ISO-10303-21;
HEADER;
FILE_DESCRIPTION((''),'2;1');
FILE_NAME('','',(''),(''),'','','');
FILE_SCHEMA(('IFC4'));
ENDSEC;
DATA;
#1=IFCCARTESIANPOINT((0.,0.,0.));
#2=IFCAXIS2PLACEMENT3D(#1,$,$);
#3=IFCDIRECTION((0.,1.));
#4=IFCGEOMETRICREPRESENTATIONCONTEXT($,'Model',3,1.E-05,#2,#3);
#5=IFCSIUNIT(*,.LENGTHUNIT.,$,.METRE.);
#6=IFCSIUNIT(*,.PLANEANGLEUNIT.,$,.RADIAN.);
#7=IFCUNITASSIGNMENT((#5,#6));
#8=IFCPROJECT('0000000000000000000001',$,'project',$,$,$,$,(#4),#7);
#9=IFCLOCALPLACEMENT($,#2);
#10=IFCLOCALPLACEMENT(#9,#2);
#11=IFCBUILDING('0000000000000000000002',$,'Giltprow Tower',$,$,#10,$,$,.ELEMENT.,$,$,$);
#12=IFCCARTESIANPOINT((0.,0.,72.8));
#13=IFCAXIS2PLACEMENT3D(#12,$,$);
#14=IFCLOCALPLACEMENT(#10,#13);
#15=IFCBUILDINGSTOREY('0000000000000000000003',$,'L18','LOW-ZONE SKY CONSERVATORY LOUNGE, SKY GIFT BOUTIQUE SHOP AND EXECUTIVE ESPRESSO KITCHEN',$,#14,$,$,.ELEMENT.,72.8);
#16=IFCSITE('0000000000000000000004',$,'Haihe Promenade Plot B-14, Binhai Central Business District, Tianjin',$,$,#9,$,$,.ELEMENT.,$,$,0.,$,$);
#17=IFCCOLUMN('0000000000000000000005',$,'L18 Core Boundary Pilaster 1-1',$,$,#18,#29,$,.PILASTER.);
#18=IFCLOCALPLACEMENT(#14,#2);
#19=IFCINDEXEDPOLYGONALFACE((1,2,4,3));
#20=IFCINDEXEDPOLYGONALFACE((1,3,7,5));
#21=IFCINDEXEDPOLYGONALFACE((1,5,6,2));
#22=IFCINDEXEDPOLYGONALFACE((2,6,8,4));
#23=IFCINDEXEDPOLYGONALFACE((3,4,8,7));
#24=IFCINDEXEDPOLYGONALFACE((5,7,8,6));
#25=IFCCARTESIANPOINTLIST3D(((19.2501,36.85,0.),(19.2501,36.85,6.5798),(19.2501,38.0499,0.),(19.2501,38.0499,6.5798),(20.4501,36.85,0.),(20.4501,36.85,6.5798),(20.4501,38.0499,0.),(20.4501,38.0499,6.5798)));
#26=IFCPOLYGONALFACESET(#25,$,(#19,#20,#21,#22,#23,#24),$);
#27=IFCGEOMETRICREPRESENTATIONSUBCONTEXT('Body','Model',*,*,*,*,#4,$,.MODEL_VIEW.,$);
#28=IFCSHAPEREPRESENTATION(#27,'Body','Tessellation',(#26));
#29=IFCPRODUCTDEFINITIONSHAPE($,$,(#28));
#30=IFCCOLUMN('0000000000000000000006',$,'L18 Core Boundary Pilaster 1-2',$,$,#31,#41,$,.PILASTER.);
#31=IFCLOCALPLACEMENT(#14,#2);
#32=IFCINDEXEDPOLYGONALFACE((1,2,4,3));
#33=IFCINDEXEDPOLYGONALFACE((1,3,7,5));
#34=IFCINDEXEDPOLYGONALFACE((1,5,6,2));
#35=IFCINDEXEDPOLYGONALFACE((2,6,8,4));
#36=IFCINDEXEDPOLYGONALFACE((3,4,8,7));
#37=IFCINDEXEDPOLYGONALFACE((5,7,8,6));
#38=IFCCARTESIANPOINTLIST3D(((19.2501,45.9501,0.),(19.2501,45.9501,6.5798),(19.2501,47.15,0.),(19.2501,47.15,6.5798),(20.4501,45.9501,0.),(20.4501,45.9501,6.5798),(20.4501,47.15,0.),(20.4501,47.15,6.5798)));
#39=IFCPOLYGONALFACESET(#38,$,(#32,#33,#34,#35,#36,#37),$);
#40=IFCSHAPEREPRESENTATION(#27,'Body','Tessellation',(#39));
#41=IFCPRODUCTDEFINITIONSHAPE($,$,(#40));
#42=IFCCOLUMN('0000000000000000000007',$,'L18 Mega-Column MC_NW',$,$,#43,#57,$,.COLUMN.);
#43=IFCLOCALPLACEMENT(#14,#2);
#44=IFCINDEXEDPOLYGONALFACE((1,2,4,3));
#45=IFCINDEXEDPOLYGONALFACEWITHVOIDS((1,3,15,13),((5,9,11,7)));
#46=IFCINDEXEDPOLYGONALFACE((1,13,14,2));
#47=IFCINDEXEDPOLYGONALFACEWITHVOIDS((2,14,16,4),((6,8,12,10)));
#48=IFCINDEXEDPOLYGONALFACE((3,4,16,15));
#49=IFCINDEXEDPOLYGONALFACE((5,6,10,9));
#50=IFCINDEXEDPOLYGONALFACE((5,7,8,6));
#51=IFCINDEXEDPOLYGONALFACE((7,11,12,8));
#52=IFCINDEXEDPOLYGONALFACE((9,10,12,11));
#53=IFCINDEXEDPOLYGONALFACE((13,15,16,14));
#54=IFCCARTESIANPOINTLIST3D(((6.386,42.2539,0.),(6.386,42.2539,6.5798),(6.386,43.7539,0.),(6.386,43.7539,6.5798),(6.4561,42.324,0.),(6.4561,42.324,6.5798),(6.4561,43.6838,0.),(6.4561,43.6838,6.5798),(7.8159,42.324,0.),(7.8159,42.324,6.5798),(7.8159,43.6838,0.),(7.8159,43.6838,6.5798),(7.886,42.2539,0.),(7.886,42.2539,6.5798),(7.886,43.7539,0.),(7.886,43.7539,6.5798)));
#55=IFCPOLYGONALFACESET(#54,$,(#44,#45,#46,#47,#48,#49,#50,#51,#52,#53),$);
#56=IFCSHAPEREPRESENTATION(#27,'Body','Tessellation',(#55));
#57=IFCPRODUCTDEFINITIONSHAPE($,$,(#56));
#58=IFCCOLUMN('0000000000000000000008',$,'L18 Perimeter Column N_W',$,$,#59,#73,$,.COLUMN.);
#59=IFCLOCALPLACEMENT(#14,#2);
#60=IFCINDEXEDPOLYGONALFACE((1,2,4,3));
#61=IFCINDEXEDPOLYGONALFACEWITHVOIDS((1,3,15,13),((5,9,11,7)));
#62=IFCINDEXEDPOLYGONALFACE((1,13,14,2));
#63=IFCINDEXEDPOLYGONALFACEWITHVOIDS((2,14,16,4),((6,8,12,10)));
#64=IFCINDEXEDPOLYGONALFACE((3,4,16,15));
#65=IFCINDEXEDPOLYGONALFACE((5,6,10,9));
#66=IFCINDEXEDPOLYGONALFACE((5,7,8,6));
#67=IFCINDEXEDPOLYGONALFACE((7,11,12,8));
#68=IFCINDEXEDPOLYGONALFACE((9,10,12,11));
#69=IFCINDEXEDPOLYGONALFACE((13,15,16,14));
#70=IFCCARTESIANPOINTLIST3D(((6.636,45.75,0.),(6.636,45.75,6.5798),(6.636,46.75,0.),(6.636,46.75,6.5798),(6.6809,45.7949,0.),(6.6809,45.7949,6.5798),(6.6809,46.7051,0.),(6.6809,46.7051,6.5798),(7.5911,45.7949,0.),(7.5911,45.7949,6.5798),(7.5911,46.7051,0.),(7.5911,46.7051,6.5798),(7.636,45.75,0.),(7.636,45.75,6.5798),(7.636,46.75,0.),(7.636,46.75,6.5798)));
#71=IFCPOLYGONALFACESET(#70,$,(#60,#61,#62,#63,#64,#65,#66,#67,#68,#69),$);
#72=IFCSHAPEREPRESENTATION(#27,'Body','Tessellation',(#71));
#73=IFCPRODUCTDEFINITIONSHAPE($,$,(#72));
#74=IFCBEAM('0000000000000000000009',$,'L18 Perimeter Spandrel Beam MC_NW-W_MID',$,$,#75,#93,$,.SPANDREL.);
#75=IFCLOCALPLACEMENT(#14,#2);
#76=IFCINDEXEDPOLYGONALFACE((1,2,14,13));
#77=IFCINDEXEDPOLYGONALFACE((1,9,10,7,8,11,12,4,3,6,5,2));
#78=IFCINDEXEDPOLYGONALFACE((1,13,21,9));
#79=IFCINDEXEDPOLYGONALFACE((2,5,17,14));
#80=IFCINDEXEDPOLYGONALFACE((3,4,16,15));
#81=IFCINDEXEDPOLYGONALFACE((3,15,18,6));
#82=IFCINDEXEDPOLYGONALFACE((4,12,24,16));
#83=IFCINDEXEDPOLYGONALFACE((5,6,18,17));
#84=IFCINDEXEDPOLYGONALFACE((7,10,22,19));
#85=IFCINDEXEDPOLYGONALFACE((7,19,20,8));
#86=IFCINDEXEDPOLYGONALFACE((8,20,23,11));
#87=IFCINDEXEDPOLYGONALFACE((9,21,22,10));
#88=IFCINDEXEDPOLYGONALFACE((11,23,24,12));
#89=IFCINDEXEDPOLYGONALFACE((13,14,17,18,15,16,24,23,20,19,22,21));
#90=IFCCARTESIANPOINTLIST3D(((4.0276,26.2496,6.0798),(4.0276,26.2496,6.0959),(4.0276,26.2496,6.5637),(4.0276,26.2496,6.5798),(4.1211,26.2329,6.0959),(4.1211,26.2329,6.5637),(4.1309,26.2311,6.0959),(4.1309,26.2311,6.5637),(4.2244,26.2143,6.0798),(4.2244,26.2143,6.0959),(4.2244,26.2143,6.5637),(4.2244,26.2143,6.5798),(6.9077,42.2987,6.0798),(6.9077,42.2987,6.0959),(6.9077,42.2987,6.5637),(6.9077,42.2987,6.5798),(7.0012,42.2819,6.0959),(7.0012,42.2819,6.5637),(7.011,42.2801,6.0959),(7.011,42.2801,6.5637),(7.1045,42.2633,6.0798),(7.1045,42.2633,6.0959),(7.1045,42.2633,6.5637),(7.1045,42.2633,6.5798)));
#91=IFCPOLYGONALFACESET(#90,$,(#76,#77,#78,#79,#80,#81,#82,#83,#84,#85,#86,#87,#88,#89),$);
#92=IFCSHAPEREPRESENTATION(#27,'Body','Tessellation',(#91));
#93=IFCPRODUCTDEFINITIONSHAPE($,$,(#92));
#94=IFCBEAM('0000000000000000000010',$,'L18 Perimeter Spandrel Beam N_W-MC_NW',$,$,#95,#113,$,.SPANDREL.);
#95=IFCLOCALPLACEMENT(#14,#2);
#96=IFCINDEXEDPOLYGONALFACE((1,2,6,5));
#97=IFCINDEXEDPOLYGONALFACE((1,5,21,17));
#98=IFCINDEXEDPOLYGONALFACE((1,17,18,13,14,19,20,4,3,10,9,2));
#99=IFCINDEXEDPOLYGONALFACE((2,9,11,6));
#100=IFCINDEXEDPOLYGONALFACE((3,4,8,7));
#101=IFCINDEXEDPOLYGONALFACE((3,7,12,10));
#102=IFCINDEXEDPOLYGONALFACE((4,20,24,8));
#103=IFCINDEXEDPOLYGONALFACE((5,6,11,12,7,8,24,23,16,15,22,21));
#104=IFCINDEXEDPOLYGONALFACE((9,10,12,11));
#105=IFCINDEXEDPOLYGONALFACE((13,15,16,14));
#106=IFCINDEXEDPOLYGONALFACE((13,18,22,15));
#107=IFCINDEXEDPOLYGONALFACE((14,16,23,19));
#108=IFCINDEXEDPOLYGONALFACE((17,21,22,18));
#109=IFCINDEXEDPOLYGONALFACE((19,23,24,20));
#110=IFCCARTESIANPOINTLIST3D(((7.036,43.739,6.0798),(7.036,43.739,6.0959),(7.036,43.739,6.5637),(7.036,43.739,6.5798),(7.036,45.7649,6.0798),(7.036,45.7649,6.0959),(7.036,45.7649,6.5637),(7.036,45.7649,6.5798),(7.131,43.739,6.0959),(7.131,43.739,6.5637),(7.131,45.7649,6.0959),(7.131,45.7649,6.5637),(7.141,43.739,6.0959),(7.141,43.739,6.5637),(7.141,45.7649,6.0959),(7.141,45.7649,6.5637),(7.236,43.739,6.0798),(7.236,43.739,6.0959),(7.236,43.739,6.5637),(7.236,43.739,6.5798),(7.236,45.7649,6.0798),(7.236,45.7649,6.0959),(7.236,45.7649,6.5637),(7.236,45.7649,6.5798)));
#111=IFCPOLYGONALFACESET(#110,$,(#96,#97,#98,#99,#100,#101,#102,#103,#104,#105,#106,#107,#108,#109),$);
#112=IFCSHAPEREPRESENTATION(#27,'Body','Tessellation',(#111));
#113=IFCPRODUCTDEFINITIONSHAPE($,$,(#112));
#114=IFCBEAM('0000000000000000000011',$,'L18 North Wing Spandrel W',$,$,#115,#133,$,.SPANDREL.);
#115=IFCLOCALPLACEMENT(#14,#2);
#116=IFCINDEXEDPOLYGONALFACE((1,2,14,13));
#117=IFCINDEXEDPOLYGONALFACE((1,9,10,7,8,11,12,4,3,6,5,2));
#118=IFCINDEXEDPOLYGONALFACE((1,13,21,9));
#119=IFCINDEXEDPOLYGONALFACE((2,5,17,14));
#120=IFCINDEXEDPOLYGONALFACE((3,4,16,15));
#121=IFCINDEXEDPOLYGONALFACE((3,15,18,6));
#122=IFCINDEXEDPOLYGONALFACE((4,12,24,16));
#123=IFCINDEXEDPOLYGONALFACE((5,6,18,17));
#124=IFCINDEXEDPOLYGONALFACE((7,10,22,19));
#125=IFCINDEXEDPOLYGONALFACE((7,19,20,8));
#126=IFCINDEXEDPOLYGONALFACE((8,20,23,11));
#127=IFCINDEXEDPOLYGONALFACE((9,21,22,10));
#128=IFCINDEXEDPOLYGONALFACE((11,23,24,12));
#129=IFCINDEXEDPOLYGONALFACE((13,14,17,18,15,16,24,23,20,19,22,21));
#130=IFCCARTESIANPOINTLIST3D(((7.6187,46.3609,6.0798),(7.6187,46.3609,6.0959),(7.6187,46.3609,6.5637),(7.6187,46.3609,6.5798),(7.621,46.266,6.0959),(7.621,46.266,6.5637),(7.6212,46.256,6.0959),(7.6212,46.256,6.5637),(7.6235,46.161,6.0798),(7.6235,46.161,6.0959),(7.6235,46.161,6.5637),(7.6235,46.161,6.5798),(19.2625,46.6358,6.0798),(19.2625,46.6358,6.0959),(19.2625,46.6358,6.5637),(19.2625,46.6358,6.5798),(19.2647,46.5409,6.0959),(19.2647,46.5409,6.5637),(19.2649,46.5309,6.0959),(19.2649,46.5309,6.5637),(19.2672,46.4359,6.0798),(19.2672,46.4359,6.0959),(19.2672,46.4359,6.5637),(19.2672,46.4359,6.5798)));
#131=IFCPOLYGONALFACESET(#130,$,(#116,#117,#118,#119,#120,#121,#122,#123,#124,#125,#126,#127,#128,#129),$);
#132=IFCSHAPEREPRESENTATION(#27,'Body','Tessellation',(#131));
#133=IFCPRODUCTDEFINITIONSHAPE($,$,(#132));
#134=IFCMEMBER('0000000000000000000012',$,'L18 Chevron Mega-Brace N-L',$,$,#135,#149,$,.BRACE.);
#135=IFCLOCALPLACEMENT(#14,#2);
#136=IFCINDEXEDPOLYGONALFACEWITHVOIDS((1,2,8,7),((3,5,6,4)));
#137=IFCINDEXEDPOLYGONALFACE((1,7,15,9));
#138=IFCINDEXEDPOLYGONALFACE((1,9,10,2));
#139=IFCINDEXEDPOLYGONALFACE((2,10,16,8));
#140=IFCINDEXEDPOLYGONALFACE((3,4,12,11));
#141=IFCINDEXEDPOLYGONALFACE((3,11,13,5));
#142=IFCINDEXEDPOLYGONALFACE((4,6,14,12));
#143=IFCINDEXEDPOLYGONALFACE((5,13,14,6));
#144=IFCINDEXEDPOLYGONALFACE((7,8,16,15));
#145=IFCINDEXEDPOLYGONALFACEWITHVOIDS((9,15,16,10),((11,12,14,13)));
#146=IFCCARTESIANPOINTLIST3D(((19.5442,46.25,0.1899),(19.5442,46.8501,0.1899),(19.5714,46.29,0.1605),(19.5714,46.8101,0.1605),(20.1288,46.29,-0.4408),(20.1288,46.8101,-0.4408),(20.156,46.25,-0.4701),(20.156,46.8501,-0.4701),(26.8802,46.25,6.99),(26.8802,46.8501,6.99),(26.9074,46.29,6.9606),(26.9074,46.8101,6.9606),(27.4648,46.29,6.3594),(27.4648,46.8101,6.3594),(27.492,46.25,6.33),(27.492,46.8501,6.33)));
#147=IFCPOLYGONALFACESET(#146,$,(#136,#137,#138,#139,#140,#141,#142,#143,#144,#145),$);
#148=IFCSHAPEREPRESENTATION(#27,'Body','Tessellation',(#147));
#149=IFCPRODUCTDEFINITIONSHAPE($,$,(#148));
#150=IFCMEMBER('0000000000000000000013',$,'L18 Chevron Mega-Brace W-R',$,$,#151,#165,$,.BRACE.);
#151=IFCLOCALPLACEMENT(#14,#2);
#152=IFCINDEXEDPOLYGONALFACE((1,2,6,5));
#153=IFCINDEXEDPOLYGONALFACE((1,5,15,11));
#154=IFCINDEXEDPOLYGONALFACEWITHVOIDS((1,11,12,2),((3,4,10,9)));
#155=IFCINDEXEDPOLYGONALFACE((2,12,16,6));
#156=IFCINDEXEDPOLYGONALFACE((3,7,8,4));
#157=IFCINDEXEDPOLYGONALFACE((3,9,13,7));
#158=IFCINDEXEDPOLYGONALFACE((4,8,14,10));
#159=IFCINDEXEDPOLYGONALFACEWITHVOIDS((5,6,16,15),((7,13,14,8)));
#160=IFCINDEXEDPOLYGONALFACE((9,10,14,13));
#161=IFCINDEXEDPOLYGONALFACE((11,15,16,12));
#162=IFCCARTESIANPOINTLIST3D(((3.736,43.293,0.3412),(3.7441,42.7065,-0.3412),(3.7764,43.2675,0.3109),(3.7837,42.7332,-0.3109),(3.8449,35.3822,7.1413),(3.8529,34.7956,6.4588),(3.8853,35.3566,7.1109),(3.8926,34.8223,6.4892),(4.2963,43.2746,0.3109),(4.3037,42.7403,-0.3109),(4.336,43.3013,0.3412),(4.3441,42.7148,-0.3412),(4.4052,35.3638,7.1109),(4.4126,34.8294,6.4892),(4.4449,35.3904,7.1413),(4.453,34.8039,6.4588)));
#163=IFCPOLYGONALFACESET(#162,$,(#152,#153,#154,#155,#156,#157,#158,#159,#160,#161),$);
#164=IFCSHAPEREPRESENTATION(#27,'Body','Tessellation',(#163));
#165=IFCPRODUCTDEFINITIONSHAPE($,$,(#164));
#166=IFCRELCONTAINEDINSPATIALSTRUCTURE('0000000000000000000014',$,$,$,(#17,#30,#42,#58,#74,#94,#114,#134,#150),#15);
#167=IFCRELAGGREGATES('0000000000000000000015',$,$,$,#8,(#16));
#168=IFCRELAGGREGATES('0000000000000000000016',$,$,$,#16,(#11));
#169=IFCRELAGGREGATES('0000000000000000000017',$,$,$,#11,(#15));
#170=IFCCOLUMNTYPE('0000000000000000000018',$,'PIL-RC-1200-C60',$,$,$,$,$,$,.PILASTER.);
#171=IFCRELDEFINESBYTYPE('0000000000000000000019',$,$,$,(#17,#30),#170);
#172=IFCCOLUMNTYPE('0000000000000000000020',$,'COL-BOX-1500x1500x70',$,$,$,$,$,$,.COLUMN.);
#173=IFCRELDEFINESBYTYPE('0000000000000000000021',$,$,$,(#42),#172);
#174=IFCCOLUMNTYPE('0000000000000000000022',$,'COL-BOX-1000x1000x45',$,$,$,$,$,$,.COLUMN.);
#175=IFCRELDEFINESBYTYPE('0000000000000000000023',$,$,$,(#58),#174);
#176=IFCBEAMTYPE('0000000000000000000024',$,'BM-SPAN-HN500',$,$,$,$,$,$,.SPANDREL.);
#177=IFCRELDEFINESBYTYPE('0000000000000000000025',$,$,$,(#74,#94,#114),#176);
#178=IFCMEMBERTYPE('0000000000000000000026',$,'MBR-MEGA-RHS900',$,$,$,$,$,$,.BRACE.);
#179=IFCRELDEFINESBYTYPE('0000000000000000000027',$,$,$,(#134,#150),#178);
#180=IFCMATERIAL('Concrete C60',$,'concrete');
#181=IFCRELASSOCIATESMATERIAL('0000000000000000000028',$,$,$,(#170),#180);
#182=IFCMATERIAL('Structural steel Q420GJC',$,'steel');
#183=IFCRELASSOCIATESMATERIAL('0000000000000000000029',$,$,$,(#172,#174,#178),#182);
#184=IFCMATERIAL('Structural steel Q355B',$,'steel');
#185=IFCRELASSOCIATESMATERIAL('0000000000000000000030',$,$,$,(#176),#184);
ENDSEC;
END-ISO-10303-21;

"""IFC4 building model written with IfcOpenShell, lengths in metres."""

from ifc_helpers import new_model, si_unit, direction, frame, origin, origin_2d, place, context, subcontext, project, spatial, rectangle, hollow_rectangle, i_section, extrude, source, transform, mapped, material, material_profile, profile_set, type_object, element, save


model = new_model("IFC4")

# Units and contexts
model_context = context("Model", 3, precision=1e-05, world=origin(), true_north=direction((0.0, 1.0)))
body_context = subcontext(model_context, "Body", "Model", "MODEL_VIEW")
ifc_project = project(units=[si_unit("LENGTHUNIT", "METRE"), si_unit("PLANEANGLEUNIT", "RADIAN")], contexts=[model_context])

# Site, building, storey
site_placement = place(None, origin())
site = spatial("IfcSite", under=ifc_project, at=site_placement, Name="Haihe Promenade Plot B-14, Binhai Central Business District, Tianjin", CompositionType="ELEMENT", RefElevation=0.0)
building_placement = place(site_placement, origin())
building = spatial("IfcBuilding", under=site, at=building_placement, Name="Giltprow Tower", CompositionType="ELEMENT")
storey_placement = place(building_placement, frame((0.0, 0.0, 72.8)))
storey = spatial("IfcBuildingStorey", under=building, at=storey_placement, Name="L18", Description="LOW-ZONE SKY CONSERVATORY LOUNGE, SKY GIFT BOUTIQUE SHOP AND EXECUTIVE ESPRESSO KITCHEN", CompositionType="ELEMENT", Elevation=72.8)

# Columns
ifc_material_1 = material(Name="Concrete C60", Category="concrete")
ifc_material_profile_1 = material_profile(ifc_material_1, rectangle(XDim=1.2, YDim=1.2, at=origin_2d()), Name="RC 1200x1200")
ifc_profile_set_1 = profile_set([ifc_material_profile_1], Name="Concrete C60")
column_type_1 = type_object("IfcColumnType", Name="PIL-RC-1200-C60", PredefinedType="PILASTER", material=ifc_profile_set_1)
shared_shape_1 = source(origin(), body_context, "Body", "SweptSolid", [
    extrude(rectangle(XDim=1.2, YDim=1.2, at=origin_2d()), origin(), (0.0, 0.0, 1.0), 6.5798),
])
for number, where, z_axis, x_axis, name in (
    (1, (19.8501, 37.45, 0.0), (0.0, 0.0, 1.0), (1.0, 0.0, 0.0), "L18 Core Boundary Pilaster 1-1"),
    (2, (19.8501, 46.55, 0.0), (0.0, 0.0, 1.0), (1.0, 0.0, 0.0), "L18 Core Boundary Pilaster 1-2"),
):
    element("IfcColumn", number, at=place(storey_placement, frame(where, z_axis=z_axis, x_axis=x_axis)), inside=storey, type_object=column_type_1, Name=name, PredefinedType="PILASTER", context=body_context, shape_type="MappedRepresentation", body=[
        mapped(shared_shape_1, transform((0.0, 0.0, 0.0), x_axis=(1.0, 0.0, 0.0), y_axis=(0.0, 1.0, 0.0), z_axis=(0.0, 0.0, 1.0), scale=1.0)),
    ])
ifc_material_2 = material(Name="Structural steel Q420GJC", Category="steel")
ifc_material_profile_2 = material_profile(ifc_material_2, hollow_rectangle(XDim=1.5, YDim=1.5, WallThickness=0.0701, at=origin_2d()), Name="BOX 1500x1500x70")
ifc_profile_set_2 = profile_set([ifc_material_profile_2], Name="Structural steel Q420GJC")
column_type_2 = type_object("IfcColumnType", Name="COL-BOX-1500x1500x70", PredefinedType="COLUMN", material=ifc_profile_set_2)
shared_shape_2 = source(origin(), body_context, "Body", "SweptSolid", [
    extrude(hollow_rectangle(XDim=1.5, YDim=1.5, WallThickness=0.0701, at=origin_2d()), origin(), (0.0, 0.0, 1.0), 6.5798),
])
column_1_placement = place(storey_placement, frame((7.136, 43.0039, 0.0), z_axis=(0.0, 0.0, 1.0), x_axis=(1.0, 0.0, 0.0)))
element("IfcColumn", 3, at=column_1_placement, inside=storey, type_object=column_type_2, Name="L18 Mega-Column MC_NW", PredefinedType="COLUMN", context=body_context, shape_type="MappedRepresentation", body=[
    mapped(shared_shape_2, transform((0.0, 0.0, 0.0), x_axis=(1.0, 0.0, 0.0), y_axis=(0.0, 1.0, 0.0), z_axis=(0.0, 0.0, 1.0), scale=1.0)),
])
ifc_material_profile_3 = material_profile(ifc_material_2, hollow_rectangle(XDim=1.0, YDim=1.0, WallThickness=0.0449, at=origin_2d()), Name="BOX 1000x1000x45")
ifc_profile_set_3 = profile_set([ifc_material_profile_3], Name="Structural steel Q420GJC")
column_type_3 = type_object("IfcColumnType", Name="COL-BOX-1000x1000x45", PredefinedType="COLUMN", material=ifc_profile_set_3)
shared_shape_3 = source(origin(), body_context, "Body", "SweptSolid", [
    extrude(hollow_rectangle(XDim=1.0, YDim=1.0, WallThickness=0.0449, at=origin_2d()), origin(), (0.0, 0.0, 1.0), 6.5798),
])
column_2_placement = place(storey_placement, frame((7.136, 46.25, 0.0), z_axis=(0.0, 0.0, 1.0), x_axis=(1.0, 0.0, 0.0)))
element("IfcColumn", 4, at=column_2_placement, inside=storey, type_object=column_type_3, Name="L18 Perimeter Column N_W", PredefinedType="COLUMN", context=body_context, shape_type="MappedRepresentation", body=[
    mapped(shared_shape_3, transform((0.0, 0.0, 0.0), x_axis=(1.0, 0.0, 0.0), y_axis=(0.0, 1.0, 0.0), z_axis=(0.0, 0.0, 1.0), scale=1.0)),
])

# Beams
ifc_material_3 = material(Name="Structural steel Q355B", Category="steel")
ifc_material_profile_4 = material_profile(ifc_material_3, i_section(OverallWidth=0.2, OverallDepth=0.5, WebThickness=0.01, FlangeThickness=0.0161, at=origin_2d()), Name="HN 500x200x10x16")
ifc_profile_set_4 = profile_set([ifc_material_profile_4], Name="Structural steel Q355B")
beam_type = type_object("IfcBeamType", Name="BM-SPAN-HN500", PredefinedType="SPANDREL", material=ifc_profile_set_4)
shared_shape_4 = source(origin(), body_context, "Body", "SweptSolid", [
    extrude(i_section(OverallWidth=0.2, OverallDepth=0.5, WebThickness=0.01, FlangeThickness=0.0161, at=origin_2d()), origin(), (0.0, 0.0, 1.0), 16.3054),
])
beam_1_placement = place(storey_placement, frame((7.0061, 42.281, 6.3298), z_axis=(-0.176636, -0.984276, 0.0), x_axis=(0.984276, -0.176636, 0.0)))
element("IfcBeam", 5, at=beam_1_placement, inside=storey, type_object=beam_type, Name="L18 Perimeter Spandrel Beam MC_NW-W_MID", PredefinedType="SPANDREL", context=body_context, shape_type="MappedRepresentation", body=[
    mapped(shared_shape_4, transform((0.0, 0.0, 0.0), x_axis=(1.0, 0.0, 0.0), y_axis=(0.0, 1.0, 0.0), z_axis=(0.0, 0.0, 1.0), scale=1.0)),
])
shared_shape_5 = source(origin(), body_context, "Body", "SweptSolid", [
    extrude(i_section(OverallWidth=0.2, OverallDepth=0.5, WebThickness=0.01, FlangeThickness=0.0161, at=origin_2d()), origin(), (0.0, 0.0, 1.0), 2.0259),
])
beam_2_placement = place(storey_placement, frame((7.136, 45.7649, 6.3298), z_axis=(0.0, -1.0, 0.0), x_axis=(1.0, 0.0, 0.0)))
element("IfcBeam", 6, at=beam_2_placement, inside=storey, type_object=beam_type, Name="L18 Perimeter Spandrel Beam N_W-MC_NW", PredefinedType="SPANDREL", context=body_context, shape_type="MappedRepresentation", body=[
    mapped(shared_shape_5, transform((0.0, 0.0, 0.0), x_axis=(1.0, 0.0, 0.0), y_axis=(0.0, 1.0, 0.0), z_axis=(0.0, 0.0, 1.0), scale=1.0)),
])
shared_shape_6 = source(origin(), body_context, "Body", "SweptSolid", [
    extrude(i_section(OverallWidth=0.2, OverallDepth=0.5, WebThickness=0.01, FlangeThickness=0.0161, at=origin_2d()), origin(), (0.0, 0.0, 1.0), 11.647),
])
beam_3_placement = place(storey_placement, frame((7.6211, 46.261, 6.3298), z_axis=(0.999721, 0.023603, 0.0), x_axis=(-0.023603, 0.999721, 0.0)))
element("IfcBeam", 7, at=beam_3_placement, inside=storey, type_object=beam_type, Name="L18 North Wing Spandrel W", PredefinedType="SPANDREL", context=body_context, shape_type="MappedRepresentation", body=[
    mapped(shared_shape_6, transform((0.0, 0.0, 0.0), x_axis=(1.0, 0.0, 0.0), y_axis=(0.0, 1.0, 0.0), z_axis=(0.0, 0.0, 1.0), scale=1.0)),
])

# Members
ifc_material_profile_5 = material_profile(ifc_material_2, hollow_rectangle(XDim=0.6001, YDim=0.8999, WallThickness=0.04, at=origin_2d()), Name="RHS 900x600x40")
ifc_profile_set_5 = profile_set([ifc_material_profile_5], Name="Structural steel Q420GJC")
member_type = type_object("IfcMemberType", Name="MBR-MEGA-RHS900", PredefinedType="BRACE", material=ifc_profile_set_5)
shared_shape_7 = source(origin(), body_context, "Body", "SweptSolid", [
    extrude(hollow_rectangle(XDim=0.6001, YDim=0.8999, WallThickness=0.04, at=origin_2d()), origin(), (0.0, 0.0, 1.0), 10.0029),
])
member_1_placement = place(storey_placement, frame((19.8501, 46.55, -0.1401), z_axis=(0.733386, 0.0, 0.679812), x_axis=(0.0, 1.0, 0.0)))
element("IfcMember", 8, at=member_1_placement, inside=storey, type_object=member_type, Name="L18 Chevron Mega-Brace N-L", PredefinedType="BRACE", context=body_context, shape_type="MappedRepresentation", body=[
    mapped(shared_shape_7, transform((0.0, 0.0, 0.0), x_axis=(1.0, 0.0, 0.0), y_axis=(0.0, 1.0, 0.0), z_axis=(0.0, 0.0, 1.0), scale=1.0)),
])
shared_shape_8 = source(origin(), body_context, "Body", "SweptSolid", [
    extrude(hollow_rectangle(XDim=0.6001, YDim=0.8999, WallThickness=0.04, at=origin_2d()), origin(), (0.0, 0.0, 1.0), 10.4324),
])
member_2_placement = place(storey_placement, frame((4.04, 43.0039, 0.0), z_axis=(0.010437, -0.758301, 0.651821), x_axis=(0.999905, 0.013763, 0.0)))
element("IfcMember", 9, at=member_2_placement, inside=storey, type_object=member_type, Name="L18 Chevron Mega-Brace W-R", PredefinedType="BRACE", context=body_context, shape_type="MappedRepresentation", body=[
    mapped(shared_shape_8, transform((0.0, 0.0, 0.0), x_axis=(1.0, 0.0, 0.0), y_axis=(0.0, 1.0, 0.0), z_axis=(0.0, 0.0, 1.0), scale=1.0)),
])

save(model, "model.ifc")
